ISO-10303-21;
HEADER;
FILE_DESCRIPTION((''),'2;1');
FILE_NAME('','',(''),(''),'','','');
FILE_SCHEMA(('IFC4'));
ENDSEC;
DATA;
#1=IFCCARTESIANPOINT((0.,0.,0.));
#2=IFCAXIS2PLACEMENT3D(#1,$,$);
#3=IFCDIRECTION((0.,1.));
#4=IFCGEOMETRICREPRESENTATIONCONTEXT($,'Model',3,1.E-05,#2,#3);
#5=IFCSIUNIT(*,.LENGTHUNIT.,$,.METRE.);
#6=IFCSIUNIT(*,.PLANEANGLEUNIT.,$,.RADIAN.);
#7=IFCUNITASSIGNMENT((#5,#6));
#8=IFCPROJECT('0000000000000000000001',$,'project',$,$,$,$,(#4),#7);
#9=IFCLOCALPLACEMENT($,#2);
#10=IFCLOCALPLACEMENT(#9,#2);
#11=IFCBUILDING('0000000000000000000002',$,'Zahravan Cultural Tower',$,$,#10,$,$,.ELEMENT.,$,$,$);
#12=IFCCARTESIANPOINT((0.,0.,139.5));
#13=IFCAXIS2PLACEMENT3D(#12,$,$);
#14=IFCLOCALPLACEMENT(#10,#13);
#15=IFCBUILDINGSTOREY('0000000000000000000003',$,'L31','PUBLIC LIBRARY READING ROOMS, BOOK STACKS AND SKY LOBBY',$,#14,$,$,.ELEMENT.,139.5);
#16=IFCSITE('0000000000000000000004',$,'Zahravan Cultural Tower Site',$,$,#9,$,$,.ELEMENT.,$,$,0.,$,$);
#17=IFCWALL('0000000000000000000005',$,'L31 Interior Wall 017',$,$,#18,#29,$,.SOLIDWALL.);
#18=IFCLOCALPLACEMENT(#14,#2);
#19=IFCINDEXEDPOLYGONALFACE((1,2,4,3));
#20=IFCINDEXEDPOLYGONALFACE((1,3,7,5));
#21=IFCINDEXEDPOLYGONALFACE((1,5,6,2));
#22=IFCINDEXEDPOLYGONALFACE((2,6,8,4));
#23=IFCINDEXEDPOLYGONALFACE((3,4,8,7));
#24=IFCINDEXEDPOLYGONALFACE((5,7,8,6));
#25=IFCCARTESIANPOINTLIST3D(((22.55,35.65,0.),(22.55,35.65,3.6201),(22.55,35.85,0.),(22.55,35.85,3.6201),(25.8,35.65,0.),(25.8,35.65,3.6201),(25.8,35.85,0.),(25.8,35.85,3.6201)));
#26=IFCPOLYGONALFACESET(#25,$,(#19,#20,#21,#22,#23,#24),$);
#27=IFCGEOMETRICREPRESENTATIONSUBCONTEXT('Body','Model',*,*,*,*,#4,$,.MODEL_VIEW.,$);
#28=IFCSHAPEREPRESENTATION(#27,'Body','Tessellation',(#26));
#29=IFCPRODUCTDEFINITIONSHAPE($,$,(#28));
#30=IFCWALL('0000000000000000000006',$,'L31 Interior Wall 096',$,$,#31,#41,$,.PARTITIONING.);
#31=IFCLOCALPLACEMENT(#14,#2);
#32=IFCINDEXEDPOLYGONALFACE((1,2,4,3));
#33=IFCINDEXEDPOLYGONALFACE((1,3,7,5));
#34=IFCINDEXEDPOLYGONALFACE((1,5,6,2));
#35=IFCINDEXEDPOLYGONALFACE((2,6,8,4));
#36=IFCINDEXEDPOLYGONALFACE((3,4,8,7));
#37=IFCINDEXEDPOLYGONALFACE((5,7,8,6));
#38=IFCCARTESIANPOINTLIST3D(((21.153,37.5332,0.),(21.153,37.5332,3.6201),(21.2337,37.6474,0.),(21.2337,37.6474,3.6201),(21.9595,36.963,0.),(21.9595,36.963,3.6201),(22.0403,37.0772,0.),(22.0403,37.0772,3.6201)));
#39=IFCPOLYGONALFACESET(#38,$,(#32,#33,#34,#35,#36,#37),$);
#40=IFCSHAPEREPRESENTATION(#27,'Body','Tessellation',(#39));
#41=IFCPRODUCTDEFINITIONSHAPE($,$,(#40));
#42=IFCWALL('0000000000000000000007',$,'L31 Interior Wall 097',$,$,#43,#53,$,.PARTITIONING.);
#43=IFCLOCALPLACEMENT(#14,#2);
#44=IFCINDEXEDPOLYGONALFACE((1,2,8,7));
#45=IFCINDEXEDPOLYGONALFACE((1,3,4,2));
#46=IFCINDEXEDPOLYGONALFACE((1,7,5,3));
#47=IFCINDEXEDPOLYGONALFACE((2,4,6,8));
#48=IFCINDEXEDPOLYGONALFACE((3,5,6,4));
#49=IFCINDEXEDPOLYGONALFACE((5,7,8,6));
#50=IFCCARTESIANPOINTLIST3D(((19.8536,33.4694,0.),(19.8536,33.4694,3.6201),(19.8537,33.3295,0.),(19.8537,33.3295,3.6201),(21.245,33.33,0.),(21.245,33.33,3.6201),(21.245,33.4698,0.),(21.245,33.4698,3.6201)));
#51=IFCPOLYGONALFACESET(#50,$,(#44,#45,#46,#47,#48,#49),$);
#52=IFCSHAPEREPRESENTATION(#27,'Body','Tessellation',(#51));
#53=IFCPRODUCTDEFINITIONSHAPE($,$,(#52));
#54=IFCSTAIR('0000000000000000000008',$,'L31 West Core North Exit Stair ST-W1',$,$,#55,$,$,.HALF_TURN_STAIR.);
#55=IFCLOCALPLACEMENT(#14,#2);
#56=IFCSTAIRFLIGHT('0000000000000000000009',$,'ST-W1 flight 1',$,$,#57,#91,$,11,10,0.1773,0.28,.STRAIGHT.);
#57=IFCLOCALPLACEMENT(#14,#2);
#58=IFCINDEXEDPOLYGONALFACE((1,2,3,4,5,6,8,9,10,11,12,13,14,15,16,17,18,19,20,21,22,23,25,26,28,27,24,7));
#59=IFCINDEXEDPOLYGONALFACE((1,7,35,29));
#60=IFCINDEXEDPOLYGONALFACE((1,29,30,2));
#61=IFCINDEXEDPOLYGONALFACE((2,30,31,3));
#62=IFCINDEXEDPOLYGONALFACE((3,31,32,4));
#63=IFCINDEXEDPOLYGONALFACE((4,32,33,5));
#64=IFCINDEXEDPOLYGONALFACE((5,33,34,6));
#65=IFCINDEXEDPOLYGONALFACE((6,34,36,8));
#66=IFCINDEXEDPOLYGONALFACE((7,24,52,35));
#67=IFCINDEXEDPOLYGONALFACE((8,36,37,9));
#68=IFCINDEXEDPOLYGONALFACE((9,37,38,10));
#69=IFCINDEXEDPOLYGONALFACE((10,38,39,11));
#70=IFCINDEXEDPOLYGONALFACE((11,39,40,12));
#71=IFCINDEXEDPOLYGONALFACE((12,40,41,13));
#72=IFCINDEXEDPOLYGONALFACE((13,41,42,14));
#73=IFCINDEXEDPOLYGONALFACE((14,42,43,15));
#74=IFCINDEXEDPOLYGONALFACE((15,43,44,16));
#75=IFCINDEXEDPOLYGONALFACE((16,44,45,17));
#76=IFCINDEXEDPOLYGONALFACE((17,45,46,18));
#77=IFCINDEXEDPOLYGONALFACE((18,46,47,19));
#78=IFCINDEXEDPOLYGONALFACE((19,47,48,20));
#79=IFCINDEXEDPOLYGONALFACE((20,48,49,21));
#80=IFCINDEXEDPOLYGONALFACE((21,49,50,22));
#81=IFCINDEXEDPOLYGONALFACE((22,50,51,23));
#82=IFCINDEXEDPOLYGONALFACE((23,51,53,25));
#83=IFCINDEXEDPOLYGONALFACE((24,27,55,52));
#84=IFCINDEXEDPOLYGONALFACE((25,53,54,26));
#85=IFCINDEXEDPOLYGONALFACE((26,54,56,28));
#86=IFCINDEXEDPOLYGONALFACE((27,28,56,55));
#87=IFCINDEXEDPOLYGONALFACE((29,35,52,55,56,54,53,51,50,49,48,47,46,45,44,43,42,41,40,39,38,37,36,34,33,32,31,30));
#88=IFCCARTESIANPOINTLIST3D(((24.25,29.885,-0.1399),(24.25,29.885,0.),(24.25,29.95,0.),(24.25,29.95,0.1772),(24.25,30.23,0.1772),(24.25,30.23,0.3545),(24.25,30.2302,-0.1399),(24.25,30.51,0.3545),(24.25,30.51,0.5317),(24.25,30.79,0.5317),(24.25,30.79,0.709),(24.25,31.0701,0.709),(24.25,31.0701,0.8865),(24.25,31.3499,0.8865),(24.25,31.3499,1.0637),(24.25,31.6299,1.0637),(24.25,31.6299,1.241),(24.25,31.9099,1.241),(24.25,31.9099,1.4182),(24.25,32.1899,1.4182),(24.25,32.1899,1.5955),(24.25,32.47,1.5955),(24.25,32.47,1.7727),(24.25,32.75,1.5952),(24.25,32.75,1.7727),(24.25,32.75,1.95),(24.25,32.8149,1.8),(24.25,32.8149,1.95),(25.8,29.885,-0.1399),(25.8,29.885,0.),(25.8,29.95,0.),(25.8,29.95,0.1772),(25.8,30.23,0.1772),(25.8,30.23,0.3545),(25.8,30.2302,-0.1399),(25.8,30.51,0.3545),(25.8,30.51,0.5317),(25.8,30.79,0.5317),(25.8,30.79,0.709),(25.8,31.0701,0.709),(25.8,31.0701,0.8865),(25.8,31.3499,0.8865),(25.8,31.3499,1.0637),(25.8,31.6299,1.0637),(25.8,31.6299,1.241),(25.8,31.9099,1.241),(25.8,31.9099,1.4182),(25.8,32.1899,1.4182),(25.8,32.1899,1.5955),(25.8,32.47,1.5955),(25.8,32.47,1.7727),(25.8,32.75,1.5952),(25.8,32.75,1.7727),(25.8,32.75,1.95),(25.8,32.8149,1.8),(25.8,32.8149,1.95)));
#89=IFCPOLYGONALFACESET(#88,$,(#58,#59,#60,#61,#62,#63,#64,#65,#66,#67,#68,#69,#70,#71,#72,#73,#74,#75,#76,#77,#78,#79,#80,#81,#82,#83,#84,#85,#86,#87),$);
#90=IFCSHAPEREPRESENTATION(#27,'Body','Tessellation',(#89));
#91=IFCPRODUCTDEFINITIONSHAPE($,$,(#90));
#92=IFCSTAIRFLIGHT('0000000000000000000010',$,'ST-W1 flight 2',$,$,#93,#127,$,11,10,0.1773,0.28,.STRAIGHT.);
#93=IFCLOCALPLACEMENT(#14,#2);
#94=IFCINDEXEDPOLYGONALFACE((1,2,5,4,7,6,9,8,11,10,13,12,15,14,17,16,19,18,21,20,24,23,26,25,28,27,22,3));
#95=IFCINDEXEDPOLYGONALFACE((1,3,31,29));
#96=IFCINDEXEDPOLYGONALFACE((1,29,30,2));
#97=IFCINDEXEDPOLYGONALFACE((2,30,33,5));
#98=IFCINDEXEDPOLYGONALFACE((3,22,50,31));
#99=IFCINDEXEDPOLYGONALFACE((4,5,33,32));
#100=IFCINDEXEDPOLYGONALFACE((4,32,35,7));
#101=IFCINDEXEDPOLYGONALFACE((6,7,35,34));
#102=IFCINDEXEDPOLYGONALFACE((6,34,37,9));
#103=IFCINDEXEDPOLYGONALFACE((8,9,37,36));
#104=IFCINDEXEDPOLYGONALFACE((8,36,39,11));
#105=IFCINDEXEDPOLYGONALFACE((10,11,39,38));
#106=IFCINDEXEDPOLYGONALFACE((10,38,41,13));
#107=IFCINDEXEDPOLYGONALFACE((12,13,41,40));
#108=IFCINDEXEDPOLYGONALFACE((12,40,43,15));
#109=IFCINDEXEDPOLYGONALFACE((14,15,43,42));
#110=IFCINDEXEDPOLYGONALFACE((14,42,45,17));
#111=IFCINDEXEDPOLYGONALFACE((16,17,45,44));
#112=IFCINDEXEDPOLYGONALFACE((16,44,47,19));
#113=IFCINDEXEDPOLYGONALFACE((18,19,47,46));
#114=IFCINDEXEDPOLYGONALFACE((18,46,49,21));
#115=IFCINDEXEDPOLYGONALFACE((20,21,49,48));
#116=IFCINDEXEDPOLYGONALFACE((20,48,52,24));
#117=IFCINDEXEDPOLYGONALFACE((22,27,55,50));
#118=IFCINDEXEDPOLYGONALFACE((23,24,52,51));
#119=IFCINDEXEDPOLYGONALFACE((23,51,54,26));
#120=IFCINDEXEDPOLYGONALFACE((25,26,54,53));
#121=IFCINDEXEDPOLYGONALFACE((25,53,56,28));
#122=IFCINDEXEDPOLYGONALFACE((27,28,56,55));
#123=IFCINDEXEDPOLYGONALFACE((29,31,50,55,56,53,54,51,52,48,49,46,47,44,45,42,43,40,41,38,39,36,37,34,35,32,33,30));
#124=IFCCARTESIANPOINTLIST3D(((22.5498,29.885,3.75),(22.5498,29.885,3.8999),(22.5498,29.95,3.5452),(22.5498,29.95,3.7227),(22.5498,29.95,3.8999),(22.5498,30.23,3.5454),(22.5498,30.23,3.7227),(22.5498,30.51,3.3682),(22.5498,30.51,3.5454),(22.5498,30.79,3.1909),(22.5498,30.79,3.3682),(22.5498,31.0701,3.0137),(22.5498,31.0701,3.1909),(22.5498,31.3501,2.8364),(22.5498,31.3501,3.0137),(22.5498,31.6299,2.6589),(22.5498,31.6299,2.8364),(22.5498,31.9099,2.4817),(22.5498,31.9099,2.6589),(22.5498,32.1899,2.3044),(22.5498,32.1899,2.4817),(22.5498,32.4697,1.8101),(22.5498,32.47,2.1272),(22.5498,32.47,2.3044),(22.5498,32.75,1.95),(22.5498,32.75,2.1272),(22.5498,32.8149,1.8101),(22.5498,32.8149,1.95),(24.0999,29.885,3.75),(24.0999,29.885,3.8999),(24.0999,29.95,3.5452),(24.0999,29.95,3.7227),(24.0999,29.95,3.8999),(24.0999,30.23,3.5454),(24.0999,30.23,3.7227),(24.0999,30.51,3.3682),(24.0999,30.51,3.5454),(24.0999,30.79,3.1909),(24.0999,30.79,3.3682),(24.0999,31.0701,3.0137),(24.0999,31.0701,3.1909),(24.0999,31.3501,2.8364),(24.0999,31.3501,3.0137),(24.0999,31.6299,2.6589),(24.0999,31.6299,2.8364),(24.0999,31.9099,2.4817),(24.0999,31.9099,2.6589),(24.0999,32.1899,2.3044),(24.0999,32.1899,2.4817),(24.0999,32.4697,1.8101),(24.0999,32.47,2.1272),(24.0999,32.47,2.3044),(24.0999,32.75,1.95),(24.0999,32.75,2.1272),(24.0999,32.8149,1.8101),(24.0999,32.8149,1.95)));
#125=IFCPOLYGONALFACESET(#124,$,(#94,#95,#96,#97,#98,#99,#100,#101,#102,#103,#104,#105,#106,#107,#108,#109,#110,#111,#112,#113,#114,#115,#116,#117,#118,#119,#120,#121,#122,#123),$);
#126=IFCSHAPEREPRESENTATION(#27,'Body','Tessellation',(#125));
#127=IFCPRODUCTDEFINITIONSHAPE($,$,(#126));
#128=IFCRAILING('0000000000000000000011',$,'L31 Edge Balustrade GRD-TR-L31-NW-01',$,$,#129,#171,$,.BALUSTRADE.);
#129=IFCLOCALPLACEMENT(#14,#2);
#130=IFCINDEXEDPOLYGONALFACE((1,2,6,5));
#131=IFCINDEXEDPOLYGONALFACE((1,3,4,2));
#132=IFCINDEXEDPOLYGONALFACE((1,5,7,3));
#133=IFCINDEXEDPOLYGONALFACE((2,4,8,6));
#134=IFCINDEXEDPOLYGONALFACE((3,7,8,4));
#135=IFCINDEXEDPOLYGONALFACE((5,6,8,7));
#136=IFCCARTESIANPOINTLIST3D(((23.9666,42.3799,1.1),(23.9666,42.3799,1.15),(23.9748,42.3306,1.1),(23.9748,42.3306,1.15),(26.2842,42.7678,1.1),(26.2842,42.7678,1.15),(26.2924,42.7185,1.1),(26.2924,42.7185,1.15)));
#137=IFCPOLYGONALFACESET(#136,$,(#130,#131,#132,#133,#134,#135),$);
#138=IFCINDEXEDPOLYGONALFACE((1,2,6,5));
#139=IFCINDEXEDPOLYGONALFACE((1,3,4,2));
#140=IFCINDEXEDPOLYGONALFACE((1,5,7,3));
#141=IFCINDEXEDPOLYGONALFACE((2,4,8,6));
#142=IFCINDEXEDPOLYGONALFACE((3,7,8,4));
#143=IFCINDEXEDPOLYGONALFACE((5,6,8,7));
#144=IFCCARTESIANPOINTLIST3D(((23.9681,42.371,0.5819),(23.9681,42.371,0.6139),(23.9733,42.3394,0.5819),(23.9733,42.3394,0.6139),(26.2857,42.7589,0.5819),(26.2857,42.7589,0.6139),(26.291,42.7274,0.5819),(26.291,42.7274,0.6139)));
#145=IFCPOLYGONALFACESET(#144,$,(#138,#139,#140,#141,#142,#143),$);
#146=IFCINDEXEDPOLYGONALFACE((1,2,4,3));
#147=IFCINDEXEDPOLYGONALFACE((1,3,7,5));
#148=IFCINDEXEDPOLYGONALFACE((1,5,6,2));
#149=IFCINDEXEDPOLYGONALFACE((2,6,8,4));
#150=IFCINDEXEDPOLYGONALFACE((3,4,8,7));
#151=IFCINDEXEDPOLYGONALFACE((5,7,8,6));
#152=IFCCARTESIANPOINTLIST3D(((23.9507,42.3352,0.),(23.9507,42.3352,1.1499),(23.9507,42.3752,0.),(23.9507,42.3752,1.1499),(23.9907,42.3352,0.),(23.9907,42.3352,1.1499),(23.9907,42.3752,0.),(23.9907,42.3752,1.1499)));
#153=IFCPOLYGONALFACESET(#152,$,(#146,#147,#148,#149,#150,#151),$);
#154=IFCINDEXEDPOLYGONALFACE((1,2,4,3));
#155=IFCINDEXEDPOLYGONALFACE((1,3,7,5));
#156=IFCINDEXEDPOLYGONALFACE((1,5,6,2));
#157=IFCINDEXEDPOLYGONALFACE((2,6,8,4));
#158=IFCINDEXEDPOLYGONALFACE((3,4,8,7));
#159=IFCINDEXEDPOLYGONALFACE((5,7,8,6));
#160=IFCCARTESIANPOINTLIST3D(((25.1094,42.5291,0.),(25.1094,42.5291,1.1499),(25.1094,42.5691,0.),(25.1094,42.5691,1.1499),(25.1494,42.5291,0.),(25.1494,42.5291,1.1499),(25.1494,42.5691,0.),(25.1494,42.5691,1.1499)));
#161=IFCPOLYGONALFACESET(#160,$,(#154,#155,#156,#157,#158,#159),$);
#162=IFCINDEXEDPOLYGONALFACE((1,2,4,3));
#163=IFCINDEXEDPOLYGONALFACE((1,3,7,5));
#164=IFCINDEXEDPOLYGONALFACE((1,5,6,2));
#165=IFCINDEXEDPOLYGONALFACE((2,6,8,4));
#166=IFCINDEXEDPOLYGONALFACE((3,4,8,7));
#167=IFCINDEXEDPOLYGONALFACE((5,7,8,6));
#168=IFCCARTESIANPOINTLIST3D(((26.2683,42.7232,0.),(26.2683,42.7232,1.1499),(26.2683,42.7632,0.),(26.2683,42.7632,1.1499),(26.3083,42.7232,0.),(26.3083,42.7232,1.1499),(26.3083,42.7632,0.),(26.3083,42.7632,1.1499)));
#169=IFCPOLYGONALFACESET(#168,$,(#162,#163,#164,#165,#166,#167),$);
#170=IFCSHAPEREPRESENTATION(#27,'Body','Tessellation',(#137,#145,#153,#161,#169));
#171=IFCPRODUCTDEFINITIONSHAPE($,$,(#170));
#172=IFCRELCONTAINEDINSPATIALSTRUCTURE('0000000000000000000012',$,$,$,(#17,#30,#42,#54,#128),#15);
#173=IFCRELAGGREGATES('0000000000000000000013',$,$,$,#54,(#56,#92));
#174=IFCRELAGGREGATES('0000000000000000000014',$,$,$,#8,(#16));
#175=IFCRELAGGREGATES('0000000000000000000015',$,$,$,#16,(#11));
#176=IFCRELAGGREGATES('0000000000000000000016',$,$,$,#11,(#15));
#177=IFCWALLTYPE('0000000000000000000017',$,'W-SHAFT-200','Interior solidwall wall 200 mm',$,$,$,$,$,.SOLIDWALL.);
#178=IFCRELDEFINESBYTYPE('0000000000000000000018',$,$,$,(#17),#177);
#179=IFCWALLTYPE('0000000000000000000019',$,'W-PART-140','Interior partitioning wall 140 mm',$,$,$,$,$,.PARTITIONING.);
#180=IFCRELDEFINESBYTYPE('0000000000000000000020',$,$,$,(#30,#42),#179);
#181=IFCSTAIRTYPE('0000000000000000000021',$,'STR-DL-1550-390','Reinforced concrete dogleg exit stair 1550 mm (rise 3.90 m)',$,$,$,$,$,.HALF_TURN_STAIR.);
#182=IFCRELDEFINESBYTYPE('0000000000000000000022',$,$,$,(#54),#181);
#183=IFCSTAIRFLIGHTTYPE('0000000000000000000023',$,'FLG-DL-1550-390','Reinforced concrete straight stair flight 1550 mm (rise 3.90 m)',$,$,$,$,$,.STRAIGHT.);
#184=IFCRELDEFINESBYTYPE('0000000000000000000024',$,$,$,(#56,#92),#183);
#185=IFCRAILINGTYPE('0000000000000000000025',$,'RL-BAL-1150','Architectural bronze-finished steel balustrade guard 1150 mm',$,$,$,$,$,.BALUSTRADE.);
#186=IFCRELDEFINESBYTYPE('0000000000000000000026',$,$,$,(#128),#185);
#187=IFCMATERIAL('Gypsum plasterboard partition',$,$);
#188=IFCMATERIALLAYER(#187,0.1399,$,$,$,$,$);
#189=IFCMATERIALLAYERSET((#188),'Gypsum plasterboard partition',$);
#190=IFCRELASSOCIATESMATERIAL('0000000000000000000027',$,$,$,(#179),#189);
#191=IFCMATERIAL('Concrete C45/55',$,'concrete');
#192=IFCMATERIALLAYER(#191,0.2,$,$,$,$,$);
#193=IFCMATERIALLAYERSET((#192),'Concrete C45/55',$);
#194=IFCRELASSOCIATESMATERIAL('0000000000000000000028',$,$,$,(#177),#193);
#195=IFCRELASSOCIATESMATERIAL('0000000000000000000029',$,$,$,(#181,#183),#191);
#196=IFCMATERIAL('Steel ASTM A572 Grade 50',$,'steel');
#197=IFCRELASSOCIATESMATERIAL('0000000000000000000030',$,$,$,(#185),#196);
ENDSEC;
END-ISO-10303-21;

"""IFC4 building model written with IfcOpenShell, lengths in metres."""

from ifc_helpers import new_model, si_unit, direction, frame, frame_2d, origin, origin_2d, place, context, subcontext, project, spatial, polyline, rectangle, outline, extrude, source, transform, mapped, material, layer, layer_set, type_object, element, aggregate, save


model = new_model("IFC4")

# Units and contexts
model_context = context("Model", 3, precision=1e-05, world=origin(), true_north=direction((0.0, 1.0)))
body_context = subcontext(model_context, "Body", "Model", "MODEL_VIEW")
ifc_project = project(units=[si_unit("LENGTHUNIT", "METRE"), si_unit("PLANEANGLEUNIT", "RADIAN")], contexts=[model_context])

# Site, building, storey
site_placement = place(None, origin())
site = spatial("IfcSite", under=ifc_project, at=site_placement, Name="Zahravan Cultural Tower Site", CompositionType="ELEMENT", RefElevation=0.0)
building_placement = place(site_placement, origin())
building = spatial("IfcBuilding", under=site, at=building_placement, Name="Zahravan Cultural Tower", CompositionType="ELEMENT")
storey_placement = place(building_placement, frame((0.0, 0.0, 139.5)))
storey = spatial("IfcBuildingStorey", under=building, at=storey_placement, Name="L31", Description="PUBLIC LIBRARY READING ROOMS, BOOK STACKS AND SKY LOBBY", CompositionType="ELEMENT", Elevation=139.5)

# Shared definitions
ifc_material_1 = material(Name="Gypsum plasterboard partition")
ifc_layer_1 = layer(ifc_material_1, 0.1399)
ifc_layer_set_1 = layer_set([ifc_layer_1], Name="Gypsum plasterboard partition")
wall_type_1 = type_object("IfcWallType", Name="W-PART-140", Description="Interior partitioning wall 140 mm", PredefinedType="PARTITIONING", material=ifc_layer_set_1)

# Walls
ifc_material_2 = material(Name="Concrete C45/55", Category="concrete")
ifc_layer_2 = layer(ifc_material_2, 0.2)
ifc_layer_set_2 = layer_set([ifc_layer_2], Name="Concrete C45/55")
wall_type_2 = type_object("IfcWallType", Name="W-SHAFT-200", Description="Interior solidwall wall 200 mm", PredefinedType="SOLIDWALL", material=ifc_layer_set_2)
shared_shape_1 = source(origin(), body_context, "Body", "SweptSolid", [
    extrude(rectangle(XDim=3.25, YDim=0.2, at=frame_2d((1.625, 0.0))), origin(), (0.0, 0.0, 1.0), 3.6201),
])
wall_1_placement = place(storey_placement, frame((22.55, 35.75, 0.0), z_axis=(0.0, 0.0, 1.0), x_axis=(1.0, 0.0, 0.0)))
element("IfcWall", 1, at=wall_1_placement, inside=storey, type_object=wall_type_2, Name="L31 Interior Wall 017", PredefinedType="SOLIDWALL", context=body_context, shape_type="MappedRepresentation", body=[
    mapped(shared_shape_1, transform((0.0, 0.0, 0.0), x_axis=(1.0, 0.0, 0.0), y_axis=(0.0, 1.0, 0.0), z_axis=(0.0, 0.0, 1.0), scale=1.0)),
])
shared_shape_2 = source(origin(), body_context, "Body", "SweptSolid", [
    extrude(rectangle(XDim=0.9878, YDim=0.1399, at=frame_2d((0.4939, 0.0))), origin(), (0.0, 0.0, 1.0), 3.6201),
])
wall_2_placement = place(storey_placement, frame((21.1934, 37.5903, 0.0), z_axis=(0.0, 0.0, 1.0), x_axis=(0.816529, -0.577304, 0.0)))
element("IfcWall", 2, at=wall_2_placement, inside=storey, type_object=wall_type_1, Name="L31 Interior Wall 096", PredefinedType="PARTITIONING", context=body_context, shape_type="MappedRepresentation", body=[
    mapped(shared_shape_2, transform((0.0, 0.0, 0.0), x_axis=(1.0, 0.0, 0.0), y_axis=(0.0, 1.0, 0.0), z_axis=(0.0, 0.0, 1.0), scale=1.0)),
])
shared_shape_3 = source(origin(), body_context, "Body", "SweptSolid", [
    extrude(rectangle(XDim=1.3914, YDim=0.1399, at=frame_2d((0.6958, 0.0))), origin(), (0.0, 0.0, 1.0), 3.6201),
])
wall_3_placement = place(storey_placement, frame((21.2451, 33.3999, 0.0), z_axis=(0.0, 0.0, 1.0), x_axis=(-1.0, -0.000351, 0.0)))
element("IfcWall", 3, at=wall_3_placement, inside=storey, type_object=wall_type_1, Name="L31 Interior Wall 097", PredefinedType="PARTITIONING", context=body_context, shape_type="MappedRepresentation", body=[
    mapped(shared_shape_3, transform((0.0, 0.0, 0.0), x_axis=(1.0, 0.0, 0.0), y_axis=(0.0, 1.0, 0.0), z_axis=(0.0, 0.0, 1.0), scale=1.0)),
])

# Stair, stair flights
stair_type = type_object("IfcStairType", Name="STR-DL-1550-390", Description="Reinforced concrete dogleg exit stair 1550 mm (rise 3.90 m)", PredefinedType="HALF_TURN_STAIR", material=ifc_material_2)
stair_placement = place(storey_placement, origin())
stair = element("IfcStair", 4, at=stair_placement, inside=storey, type_object=stair_type, Name="L31 West Core North Exit Stair ST-W1", PredefinedType="HALF_TURN_STAIR")
stair_flight_type = type_object("IfcStairFlightType", Name="FLG-DL-1550-390", Description="Reinforced concrete straight stair flight 1550 mm (rise 3.90 m)", PredefinedType="STRAIGHT", material=ifc_material_2)
stair_flight_1_placement = place(storey_placement, frame((25.0249, 29.95, 0.0), z_axis=(0.0, 0.0, 1.0), x_axis=(0.0, 1.0, 0.0)))
stair_flight_1 = element("IfcStairFlight", 5, at=stair_flight_1_placement, type_object=stair_flight_type, Name="ST-W1 flight 1", NumberOfRisers=11, NumberOfTreads=10, PredefinedType="STRAIGHT", RiserHeight=0.1773, TreadLength=0.28, context=body_context, shape_type="SweptSolid", body=[
    extrude(outline(polyline([(-0.0649, -0.1399), (-0.0649, 0.0), (0.0, 0.0), (0.0, 0.1772), (0.28, 0.1772), (0.28, 0.3545), (0.5601, 0.3545), (0.5601, 0.5317), (0.8401, 0.5317), (0.8401, 0.709), (1.1201, 0.709), (1.1201, 0.8865), (1.3999, 0.8865), (1.3999, 1.0637), (1.6799, 1.0637), (1.6799, 1.241), (1.96, 1.241), (1.96, 1.4182), (2.24, 1.4182), (2.24, 1.5955), (2.52, 1.5955), (2.52, 1.7727), (2.8, 1.7727), (2.8, 1.95), (2.865, 1.95), (2.865, 1.8), (2.8, 1.5952), (0.2803, -0.1399), (-0.0649, -0.1399)])), frame((0.0, 0.7749, 0.0), z_axis=(0.0, -1.0, 0.0), x_axis=(1.0, 0.0, 0.0)), (0.0, 0.0, 1.0), 1.55),
])
stair_flight_2_placement = place(storey_placement, frame((23.325, 32.75, 1.95), z_axis=(0.0, 0.0, 1.0), x_axis=(0.0, -1.0, 0.0)))
stair_flight_2 = element("IfcStairFlight", 6, at=stair_flight_2_placement, type_object=stair_flight_type, Name="ST-W1 flight 2", NumberOfRisers=11, NumberOfTreads=10, PredefinedType="STRAIGHT", RiserHeight=0.1773, TreadLength=0.28, context=body_context, shape_type="SweptSolid", body=[
    extrude(outline(polyline([(-0.0649, -0.1399), (-0.0649, 0.0), (0.0, 0.0), (0.0, 0.1772), (0.28, 0.1772), (0.28, 0.3545), (0.5601, 0.3545), (0.5601, 0.5317), (0.8401, 0.5317), (0.8401, 0.709), (1.1201, 0.709), (1.1201, 0.8865), (1.3999, 0.8865), (1.3999, 1.0637), (1.6799, 1.0637), (1.6799, 1.241), (1.96, 1.241), (1.96, 1.4182), (2.24, 1.4182), (2.24, 1.5955), (2.52, 1.5955), (2.52, 1.7727), (2.8, 1.7727), (2.8, 1.95), (2.865, 1.95), (2.865, 1.8), (2.8, 1.5952), (0.2803, -0.1399), (-0.0649, -0.1399)])), frame((0.0, 0.7749, 0.0), z_axis=(0.0, -1.0, 0.0), x_axis=(1.0, 0.0, 0.0)), (0.0, 0.0, 1.0), 1.55),
])
aggregate(stair, [stair_flight_1, stair_flight_2])

# Railing
ifc_material_3 = material(Name="Steel ASTM A572 Grade 50", Category="steel")
railing_type_1 = type_object("IfcRailingType", Name="RL-BAL-1150", Description="Architectural bronze-finished steel balustrade guard 1150 mm", PredefinedType="BALUSTRADE", material=ifc_material_3)
railing_1_placement = place(storey_placement, frame((23.9707, 42.3552, 0.0)))
element("IfcRailing", 7, at=railing_1_placement, inside=storey, type_object=railing_type_1, Name="L31 Edge Balustrade GRD-TR-L31-NW-01", PredefinedType="BALUSTRADE", context=body_context, shape_type="SweptSolid", body=[
    extrude(rectangle(XDim=0.05, YDim=0.05, at=origin_2d()), frame((0.0, 0.0, 1.125), z_axis=(0.986279, 0.16509, 0.0), x_axis=(-0.16509, 0.986279, 0.0)), (0.0, 0.0, 1.0), 2.3499),
    extrude(rectangle(XDim=0.032, YDim=0.032, at=origin_2d()), frame((0.0, 0.0, 0.5979), z_axis=(0.986279, 0.16509, 0.0), x_axis=(-0.16509, 0.986279, 0.0)), (0.0, 0.0, 1.0), 2.3499),
    extrude(rectangle(XDim=0.04, YDim=0.04, at=origin_2d()), origin(), (0.0, 0.0, 1.0), 1.1499),
    extrude(rectangle(XDim=0.04, YDim=0.04, at=origin_2d()), frame((1.1587, 0.1938, 0.0)), (0.0, 0.0, 1.0), 1.1499),
    extrude(rectangle(XDim=0.04, YDim=0.04, at=origin_2d()), frame((2.3176, 0.3879, 0.0)), (0.0, 0.0, 1.0), 1.1499),
])

save(model, "model.ifc")
